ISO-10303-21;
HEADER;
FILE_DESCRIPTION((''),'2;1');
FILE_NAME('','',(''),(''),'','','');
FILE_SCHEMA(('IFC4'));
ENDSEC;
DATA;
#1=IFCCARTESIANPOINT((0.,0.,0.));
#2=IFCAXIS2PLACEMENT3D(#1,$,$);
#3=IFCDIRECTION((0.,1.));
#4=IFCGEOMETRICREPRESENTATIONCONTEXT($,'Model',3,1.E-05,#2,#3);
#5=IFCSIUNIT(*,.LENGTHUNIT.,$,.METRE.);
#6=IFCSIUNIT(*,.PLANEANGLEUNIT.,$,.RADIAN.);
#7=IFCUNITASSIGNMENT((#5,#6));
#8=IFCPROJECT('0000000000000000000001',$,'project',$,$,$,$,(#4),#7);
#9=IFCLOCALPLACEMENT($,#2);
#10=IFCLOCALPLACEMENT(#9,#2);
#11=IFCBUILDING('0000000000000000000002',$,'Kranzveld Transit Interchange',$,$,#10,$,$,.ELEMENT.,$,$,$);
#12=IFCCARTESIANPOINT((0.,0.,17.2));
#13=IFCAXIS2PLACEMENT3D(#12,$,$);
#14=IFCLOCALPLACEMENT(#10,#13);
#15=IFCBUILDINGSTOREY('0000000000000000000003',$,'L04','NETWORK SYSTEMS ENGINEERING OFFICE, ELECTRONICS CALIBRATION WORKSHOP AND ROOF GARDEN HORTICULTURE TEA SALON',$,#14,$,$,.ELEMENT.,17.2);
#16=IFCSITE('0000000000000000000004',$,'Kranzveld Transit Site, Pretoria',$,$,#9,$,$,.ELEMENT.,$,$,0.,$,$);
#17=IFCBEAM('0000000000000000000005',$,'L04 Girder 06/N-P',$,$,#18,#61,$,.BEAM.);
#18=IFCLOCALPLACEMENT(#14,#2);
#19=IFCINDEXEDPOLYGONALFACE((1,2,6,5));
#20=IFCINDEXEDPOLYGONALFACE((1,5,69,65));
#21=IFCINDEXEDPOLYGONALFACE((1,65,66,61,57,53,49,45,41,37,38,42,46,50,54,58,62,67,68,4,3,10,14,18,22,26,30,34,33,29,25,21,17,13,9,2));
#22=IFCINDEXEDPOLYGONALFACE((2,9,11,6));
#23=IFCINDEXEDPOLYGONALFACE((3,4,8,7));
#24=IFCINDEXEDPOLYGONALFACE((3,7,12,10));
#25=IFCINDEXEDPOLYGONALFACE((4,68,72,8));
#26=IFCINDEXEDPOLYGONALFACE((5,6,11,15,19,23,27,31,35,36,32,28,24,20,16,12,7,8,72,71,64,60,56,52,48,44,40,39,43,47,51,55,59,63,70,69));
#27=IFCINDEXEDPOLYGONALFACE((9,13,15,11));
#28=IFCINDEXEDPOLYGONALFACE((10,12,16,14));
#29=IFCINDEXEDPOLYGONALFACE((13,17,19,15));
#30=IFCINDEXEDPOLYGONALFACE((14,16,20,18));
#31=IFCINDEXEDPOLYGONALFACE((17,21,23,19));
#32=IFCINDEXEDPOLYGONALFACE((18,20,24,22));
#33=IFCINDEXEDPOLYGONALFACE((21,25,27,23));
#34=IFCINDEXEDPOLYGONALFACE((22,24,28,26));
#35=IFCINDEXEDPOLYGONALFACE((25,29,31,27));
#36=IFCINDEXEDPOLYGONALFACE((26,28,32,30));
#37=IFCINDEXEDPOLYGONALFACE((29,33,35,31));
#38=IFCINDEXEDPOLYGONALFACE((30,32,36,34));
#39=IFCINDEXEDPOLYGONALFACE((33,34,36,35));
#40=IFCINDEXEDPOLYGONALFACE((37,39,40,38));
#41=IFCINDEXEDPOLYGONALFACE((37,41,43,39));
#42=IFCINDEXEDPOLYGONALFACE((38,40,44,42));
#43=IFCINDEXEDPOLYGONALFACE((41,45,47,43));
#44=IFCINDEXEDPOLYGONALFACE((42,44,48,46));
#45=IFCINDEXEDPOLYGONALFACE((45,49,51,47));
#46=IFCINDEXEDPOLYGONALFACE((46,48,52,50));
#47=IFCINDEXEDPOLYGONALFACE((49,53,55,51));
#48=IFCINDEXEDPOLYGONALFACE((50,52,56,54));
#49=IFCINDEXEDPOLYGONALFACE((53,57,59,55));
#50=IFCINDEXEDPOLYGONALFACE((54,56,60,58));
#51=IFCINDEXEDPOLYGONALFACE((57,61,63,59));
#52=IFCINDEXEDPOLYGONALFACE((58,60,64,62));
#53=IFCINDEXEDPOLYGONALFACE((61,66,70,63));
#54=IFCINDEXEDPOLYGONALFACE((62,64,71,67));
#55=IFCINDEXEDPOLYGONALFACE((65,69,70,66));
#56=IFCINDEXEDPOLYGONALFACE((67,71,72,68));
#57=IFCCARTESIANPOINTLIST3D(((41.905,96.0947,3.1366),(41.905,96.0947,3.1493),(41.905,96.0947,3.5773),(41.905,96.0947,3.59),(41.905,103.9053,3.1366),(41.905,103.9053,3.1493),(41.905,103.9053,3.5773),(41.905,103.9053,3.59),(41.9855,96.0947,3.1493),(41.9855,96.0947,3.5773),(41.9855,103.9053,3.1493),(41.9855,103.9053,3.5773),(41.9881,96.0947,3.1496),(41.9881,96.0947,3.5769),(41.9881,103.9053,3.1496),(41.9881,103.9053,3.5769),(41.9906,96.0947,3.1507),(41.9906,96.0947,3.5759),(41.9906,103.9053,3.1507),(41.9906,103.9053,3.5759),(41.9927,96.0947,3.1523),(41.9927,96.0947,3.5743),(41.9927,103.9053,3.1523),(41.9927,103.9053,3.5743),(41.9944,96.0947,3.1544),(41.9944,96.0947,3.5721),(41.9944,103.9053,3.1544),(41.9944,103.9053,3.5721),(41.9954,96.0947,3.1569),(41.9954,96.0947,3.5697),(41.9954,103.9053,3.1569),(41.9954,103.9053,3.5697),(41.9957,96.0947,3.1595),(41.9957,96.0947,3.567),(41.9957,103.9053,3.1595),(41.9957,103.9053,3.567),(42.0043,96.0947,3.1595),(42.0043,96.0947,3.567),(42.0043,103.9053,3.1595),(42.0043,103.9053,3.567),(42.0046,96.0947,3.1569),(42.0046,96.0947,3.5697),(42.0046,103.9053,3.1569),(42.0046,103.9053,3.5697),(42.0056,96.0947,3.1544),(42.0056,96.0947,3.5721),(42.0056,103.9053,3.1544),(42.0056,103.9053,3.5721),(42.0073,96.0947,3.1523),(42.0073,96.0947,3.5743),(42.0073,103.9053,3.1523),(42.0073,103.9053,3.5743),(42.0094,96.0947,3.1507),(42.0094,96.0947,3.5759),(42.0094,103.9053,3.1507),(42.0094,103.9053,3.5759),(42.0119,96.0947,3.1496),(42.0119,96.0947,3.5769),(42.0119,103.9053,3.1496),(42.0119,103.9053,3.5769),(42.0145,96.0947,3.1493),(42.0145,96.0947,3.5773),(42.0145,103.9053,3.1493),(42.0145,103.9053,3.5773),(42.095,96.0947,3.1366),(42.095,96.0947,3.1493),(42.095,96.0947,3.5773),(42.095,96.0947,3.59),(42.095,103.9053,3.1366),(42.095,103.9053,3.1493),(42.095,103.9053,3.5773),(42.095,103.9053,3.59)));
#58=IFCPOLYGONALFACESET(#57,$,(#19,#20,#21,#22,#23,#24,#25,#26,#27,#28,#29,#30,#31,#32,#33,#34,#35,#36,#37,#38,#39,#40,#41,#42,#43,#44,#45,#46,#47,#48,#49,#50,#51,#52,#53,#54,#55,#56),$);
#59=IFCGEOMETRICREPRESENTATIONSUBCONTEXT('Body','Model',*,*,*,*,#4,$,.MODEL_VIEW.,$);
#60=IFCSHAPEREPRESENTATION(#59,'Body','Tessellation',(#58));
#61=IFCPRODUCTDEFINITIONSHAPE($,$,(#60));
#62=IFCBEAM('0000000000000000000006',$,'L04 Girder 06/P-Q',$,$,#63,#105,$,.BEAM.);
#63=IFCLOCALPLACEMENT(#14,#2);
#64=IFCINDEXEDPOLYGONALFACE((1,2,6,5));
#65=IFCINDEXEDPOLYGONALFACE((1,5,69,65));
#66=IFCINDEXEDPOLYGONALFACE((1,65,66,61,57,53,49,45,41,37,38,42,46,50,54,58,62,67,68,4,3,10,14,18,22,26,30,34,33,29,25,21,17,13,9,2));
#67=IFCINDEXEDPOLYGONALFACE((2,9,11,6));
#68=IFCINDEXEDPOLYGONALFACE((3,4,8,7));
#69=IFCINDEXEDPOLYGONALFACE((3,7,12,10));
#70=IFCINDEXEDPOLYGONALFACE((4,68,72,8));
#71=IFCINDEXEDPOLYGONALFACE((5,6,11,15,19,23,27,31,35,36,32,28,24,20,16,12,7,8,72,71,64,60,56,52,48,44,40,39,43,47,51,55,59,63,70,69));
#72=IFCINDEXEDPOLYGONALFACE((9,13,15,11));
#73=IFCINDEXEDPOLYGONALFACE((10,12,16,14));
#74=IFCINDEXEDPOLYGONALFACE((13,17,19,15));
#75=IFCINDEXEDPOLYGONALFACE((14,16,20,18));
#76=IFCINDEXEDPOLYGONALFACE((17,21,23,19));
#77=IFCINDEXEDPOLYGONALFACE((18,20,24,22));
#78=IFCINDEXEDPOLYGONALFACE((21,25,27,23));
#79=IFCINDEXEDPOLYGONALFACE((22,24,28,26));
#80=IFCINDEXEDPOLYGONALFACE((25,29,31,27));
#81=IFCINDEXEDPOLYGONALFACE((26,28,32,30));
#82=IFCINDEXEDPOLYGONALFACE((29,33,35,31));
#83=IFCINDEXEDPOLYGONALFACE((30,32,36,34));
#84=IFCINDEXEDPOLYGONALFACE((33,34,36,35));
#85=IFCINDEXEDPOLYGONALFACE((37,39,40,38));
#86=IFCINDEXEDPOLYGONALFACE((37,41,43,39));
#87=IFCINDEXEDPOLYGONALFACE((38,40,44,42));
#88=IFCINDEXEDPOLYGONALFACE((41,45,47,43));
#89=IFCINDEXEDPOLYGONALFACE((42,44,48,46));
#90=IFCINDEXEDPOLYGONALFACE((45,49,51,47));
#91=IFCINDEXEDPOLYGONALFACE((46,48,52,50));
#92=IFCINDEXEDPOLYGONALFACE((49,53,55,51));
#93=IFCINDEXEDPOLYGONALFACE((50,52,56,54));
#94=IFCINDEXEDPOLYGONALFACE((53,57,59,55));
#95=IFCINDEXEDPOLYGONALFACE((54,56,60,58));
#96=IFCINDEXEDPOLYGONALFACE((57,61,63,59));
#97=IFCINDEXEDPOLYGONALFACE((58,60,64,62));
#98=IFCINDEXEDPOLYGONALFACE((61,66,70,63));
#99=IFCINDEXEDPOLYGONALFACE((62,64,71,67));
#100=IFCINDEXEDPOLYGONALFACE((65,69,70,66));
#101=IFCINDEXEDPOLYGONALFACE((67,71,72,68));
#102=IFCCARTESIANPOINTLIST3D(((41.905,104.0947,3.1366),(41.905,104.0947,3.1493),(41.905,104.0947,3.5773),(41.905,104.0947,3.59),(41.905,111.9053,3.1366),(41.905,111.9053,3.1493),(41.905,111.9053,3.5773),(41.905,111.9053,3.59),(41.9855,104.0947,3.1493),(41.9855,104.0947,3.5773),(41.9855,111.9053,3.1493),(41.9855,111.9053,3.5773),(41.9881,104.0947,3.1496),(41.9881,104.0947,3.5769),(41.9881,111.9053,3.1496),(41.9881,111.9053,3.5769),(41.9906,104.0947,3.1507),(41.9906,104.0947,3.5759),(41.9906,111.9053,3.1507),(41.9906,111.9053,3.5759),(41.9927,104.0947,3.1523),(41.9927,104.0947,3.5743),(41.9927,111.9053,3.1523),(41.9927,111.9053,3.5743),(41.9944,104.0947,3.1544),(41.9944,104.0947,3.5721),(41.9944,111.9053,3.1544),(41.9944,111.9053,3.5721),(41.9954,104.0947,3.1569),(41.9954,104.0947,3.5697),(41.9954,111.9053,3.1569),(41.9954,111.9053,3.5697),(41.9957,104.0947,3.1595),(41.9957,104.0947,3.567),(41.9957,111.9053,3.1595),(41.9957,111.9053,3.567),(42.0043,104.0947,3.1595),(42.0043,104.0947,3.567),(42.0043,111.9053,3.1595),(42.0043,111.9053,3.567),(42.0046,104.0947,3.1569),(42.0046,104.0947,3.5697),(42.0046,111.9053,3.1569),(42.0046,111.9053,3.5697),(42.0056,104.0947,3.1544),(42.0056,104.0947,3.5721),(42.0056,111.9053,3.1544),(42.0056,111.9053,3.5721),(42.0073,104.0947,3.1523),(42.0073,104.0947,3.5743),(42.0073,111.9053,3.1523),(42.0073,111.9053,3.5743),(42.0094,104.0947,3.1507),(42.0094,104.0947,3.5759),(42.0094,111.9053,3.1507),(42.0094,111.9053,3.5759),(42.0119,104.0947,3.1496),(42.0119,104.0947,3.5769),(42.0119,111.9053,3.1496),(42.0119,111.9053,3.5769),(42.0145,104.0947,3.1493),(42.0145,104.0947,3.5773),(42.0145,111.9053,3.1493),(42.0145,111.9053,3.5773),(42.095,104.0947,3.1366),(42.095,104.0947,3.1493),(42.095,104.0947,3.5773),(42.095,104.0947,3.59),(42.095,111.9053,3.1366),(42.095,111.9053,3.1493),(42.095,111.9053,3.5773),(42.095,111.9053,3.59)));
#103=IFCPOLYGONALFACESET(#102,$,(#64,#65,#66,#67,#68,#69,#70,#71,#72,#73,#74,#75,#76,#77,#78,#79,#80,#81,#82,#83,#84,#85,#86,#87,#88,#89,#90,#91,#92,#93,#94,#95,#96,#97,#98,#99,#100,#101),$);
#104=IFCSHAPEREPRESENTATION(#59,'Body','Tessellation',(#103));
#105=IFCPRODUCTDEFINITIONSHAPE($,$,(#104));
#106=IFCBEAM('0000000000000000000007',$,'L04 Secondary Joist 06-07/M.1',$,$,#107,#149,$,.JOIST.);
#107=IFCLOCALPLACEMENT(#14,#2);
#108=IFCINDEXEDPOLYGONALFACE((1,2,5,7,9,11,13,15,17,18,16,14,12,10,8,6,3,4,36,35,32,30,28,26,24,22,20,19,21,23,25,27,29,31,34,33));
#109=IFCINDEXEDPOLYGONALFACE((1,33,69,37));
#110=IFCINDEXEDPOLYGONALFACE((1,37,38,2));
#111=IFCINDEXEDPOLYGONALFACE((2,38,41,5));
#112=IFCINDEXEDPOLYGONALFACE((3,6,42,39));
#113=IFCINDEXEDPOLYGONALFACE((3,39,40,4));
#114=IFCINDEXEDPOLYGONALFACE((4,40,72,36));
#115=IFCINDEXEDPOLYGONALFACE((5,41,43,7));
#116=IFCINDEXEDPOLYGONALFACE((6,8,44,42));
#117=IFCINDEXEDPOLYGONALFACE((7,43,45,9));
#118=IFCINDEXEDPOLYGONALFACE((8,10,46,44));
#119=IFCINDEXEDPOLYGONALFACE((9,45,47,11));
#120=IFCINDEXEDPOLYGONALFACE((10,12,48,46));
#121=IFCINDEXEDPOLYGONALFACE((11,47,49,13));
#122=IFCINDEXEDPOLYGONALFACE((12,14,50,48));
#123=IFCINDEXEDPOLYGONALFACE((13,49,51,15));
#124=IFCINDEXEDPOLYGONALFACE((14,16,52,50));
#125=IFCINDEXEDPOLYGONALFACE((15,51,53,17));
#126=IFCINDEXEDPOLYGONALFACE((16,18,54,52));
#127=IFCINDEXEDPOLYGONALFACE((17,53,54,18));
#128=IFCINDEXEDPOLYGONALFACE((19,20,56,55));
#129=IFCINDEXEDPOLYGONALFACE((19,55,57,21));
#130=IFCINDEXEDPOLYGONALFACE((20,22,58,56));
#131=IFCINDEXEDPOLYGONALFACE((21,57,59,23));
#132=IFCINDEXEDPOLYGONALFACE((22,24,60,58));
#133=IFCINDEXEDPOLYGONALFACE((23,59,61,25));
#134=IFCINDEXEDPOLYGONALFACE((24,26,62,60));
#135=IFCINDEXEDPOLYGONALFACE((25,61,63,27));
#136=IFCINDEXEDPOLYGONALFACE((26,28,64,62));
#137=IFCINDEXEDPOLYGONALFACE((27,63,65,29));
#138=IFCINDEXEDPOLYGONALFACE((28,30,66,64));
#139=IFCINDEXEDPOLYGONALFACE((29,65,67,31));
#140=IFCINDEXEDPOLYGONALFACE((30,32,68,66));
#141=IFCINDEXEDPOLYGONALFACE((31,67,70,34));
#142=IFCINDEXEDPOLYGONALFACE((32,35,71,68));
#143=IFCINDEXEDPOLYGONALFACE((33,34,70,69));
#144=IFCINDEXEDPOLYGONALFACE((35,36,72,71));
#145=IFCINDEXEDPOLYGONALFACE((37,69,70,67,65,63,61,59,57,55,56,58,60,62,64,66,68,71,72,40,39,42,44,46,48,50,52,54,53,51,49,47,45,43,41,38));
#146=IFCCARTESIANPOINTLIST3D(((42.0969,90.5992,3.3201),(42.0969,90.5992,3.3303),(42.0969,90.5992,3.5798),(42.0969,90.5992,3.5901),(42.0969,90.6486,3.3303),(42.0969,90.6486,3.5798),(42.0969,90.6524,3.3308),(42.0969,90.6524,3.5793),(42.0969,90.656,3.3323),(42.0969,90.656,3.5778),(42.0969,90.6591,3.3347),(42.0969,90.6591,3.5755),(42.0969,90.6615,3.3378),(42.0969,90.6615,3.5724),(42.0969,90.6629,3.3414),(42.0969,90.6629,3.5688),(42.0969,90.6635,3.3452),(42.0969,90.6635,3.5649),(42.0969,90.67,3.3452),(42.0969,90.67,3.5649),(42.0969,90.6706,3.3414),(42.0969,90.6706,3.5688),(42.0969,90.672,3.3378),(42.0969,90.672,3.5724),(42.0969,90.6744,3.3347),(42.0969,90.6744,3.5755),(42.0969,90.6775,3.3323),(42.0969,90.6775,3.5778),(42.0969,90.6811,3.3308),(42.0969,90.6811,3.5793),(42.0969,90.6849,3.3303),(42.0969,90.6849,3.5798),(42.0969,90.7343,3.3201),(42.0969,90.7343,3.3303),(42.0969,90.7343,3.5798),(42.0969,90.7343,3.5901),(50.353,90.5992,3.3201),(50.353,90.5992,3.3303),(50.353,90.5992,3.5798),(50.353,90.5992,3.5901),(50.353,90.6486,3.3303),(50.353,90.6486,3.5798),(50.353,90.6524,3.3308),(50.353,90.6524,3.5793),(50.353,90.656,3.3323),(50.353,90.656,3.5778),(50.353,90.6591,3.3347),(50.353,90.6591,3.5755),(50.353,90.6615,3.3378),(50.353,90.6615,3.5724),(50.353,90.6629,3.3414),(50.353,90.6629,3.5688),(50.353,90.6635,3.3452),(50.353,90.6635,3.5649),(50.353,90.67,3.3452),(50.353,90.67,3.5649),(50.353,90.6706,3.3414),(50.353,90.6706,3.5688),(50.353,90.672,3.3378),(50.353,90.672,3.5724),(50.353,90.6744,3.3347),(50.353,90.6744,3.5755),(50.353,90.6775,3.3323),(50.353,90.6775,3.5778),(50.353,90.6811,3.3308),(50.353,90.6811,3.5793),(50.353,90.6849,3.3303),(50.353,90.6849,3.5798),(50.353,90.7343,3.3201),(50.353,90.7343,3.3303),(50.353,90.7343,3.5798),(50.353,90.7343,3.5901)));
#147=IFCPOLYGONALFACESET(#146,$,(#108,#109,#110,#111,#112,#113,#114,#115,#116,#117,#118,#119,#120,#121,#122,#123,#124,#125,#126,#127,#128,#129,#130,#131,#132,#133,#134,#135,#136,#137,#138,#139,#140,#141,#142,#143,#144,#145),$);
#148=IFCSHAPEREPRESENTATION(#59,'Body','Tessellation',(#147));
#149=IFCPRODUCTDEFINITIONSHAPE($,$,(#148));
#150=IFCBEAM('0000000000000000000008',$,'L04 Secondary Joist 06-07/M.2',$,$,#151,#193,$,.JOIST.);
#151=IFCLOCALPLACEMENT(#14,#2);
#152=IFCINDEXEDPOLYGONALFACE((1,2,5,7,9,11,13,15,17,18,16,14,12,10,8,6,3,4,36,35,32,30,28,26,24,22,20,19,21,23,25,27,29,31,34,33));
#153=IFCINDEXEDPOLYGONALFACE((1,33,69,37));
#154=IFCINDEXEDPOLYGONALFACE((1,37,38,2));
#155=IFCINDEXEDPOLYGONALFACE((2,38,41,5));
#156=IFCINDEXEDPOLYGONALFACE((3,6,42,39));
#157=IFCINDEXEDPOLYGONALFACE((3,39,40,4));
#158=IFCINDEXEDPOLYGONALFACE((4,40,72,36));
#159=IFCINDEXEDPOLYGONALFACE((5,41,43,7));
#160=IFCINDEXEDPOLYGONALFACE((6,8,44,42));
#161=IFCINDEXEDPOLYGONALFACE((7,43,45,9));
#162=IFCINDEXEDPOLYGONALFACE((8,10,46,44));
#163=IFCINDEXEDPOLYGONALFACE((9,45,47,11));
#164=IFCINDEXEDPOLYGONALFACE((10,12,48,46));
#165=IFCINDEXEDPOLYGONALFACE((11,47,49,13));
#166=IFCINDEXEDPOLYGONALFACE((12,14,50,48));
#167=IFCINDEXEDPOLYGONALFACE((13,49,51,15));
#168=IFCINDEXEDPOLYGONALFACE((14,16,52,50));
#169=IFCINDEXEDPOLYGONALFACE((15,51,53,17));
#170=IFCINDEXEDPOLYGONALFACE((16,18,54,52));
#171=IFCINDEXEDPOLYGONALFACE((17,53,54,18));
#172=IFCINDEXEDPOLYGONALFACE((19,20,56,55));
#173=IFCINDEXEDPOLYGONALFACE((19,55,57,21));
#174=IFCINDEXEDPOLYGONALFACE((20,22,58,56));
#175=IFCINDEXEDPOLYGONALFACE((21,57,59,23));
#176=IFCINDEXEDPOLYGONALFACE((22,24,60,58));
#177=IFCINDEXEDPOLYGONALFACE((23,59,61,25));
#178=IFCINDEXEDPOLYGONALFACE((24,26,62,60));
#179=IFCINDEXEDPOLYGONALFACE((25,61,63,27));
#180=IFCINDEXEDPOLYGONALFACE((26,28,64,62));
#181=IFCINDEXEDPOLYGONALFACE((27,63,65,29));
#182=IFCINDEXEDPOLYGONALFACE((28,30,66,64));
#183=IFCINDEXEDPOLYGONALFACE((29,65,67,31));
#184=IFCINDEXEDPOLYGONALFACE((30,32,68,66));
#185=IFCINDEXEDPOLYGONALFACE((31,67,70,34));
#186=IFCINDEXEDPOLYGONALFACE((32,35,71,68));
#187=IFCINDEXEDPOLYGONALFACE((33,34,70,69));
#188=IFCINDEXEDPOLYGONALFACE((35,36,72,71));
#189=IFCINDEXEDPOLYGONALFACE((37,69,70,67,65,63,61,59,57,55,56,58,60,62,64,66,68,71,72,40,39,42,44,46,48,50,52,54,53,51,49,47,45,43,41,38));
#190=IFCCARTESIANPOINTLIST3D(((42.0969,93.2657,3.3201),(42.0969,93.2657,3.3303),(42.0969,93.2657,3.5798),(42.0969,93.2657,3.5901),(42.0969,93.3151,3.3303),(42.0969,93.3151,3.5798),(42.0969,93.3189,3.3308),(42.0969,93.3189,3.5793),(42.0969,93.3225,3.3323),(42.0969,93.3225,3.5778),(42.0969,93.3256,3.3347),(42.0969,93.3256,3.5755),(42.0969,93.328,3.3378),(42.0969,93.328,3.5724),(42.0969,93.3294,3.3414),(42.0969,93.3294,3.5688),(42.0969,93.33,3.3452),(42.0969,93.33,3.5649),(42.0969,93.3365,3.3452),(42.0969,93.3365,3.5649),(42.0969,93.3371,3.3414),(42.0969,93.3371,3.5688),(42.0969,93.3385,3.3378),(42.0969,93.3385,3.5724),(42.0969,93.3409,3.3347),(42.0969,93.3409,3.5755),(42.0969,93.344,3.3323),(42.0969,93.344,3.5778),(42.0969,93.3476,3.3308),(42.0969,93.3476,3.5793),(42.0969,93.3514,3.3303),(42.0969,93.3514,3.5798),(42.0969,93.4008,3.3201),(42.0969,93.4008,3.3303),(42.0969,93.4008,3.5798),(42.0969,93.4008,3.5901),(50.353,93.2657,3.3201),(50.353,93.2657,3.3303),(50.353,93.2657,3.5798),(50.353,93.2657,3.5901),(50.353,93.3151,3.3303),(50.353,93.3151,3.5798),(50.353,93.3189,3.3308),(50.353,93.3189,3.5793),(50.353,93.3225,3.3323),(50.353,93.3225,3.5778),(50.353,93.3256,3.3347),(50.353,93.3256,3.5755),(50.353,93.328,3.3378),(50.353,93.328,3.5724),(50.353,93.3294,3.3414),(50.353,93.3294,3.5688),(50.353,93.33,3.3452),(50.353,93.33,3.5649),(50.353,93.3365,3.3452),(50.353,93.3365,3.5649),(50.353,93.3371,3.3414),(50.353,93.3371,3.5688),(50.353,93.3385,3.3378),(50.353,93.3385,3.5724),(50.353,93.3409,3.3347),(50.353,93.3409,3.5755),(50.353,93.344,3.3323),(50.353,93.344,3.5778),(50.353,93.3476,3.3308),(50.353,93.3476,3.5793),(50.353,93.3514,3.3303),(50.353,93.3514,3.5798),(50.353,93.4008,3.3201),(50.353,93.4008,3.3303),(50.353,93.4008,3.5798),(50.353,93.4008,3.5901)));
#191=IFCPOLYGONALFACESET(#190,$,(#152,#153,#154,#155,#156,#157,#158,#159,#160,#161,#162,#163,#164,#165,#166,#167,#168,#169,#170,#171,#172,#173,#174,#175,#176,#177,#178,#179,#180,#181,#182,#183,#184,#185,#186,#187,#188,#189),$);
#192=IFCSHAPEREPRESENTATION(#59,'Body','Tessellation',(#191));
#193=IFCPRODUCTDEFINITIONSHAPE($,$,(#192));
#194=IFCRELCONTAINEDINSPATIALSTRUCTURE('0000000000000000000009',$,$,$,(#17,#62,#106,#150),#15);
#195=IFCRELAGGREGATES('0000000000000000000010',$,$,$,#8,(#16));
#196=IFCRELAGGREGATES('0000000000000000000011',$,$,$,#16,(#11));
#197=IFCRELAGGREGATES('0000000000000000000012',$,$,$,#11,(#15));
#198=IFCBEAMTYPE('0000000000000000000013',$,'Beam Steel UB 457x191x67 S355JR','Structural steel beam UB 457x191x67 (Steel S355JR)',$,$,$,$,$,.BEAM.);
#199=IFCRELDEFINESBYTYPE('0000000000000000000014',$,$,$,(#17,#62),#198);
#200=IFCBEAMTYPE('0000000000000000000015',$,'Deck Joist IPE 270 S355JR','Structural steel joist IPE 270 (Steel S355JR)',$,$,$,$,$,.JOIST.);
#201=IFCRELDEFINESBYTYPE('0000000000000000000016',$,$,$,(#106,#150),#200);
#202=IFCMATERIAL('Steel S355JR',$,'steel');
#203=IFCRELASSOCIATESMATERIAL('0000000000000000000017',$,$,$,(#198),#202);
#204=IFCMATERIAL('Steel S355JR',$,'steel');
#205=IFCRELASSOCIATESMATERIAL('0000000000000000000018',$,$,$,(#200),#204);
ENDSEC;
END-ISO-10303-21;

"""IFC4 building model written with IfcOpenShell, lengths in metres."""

from ifc_helpers import new_model, si_unit, direction, frame, origin, origin_2d, place, context, subcontext, project, spatial, i_section, extrude, material, material_profile, profile_set, type_object, element, save


model = new_model("IFC4")

# Units and contexts
model_context = context("Model", 3, precision=1e-05, world=origin(), true_north=direction((0.0, 1.0)))
body_context = subcontext(model_context, "Body", "Model", "MODEL_VIEW")
ifc_project = project(units=[si_unit("LENGTHUNIT", "METRE"), si_unit("PLANEANGLEUNIT", "RADIAN")], contexts=[model_context])

# Site, building, storey
site_placement = place(None, origin())
site = spatial("IfcSite", under=ifc_project, at=site_placement, Name="Kranzveld Transit Site, Pretoria", CompositionType="ELEMENT", RefElevation=0.0)
building_placement = place(site_placement, origin())
building = spatial("IfcBuilding", under=site, at=building_placement, Name="Kranzveld Transit Interchange", CompositionType="ELEMENT")
storey_placement = place(building_placement, frame((0.0, 0.0, 17.2)))
storey = spatial("IfcBuildingStorey", under=building, at=storey_placement, Name="L04", Description="NETWORK SYSTEMS ENGINEERING OFFICE, ELECTRONICS CALIBRATION WORKSHOP AND ROOF GARDEN HORTICULTURE TEA SALON", CompositionType="ELEMENT", Elevation=17.2)

# Beams
ifc_material_1 = material(Name="Steel S355JR", Category="steel")
ifc_material_profile_1 = material_profile(ifc_material_1, i_section(OverallWidth=0.1899, OverallDepth=0.4534, WebThickness=0.0085, FlangeThickness=0.0127, FilletRadius=0.0103, at=origin_2d()), Name="UB 457x191x67")
ifc_profile_set_1 = profile_set([ifc_material_profile_1], Name="Steel S355JR")
beam_type_1 = type_object("IfcBeamType", Name="Beam Steel UB 457x191x67 S355JR", Description="Structural steel beam UB 457x191x67 (Steel S355JR)", PredefinedType="BEAM", material=ifc_profile_set_1)
for number, where, z_axis, x_axis, name in (
    (1, (42.0, 96.0947, 3.3633), (0.0, 1.0, 0.0), (-1.0, 0.0, 0.0), "L04 Girder 06/N-P"),
    (2, (42.0, 104.0947, 3.3633), (0.0, 1.0, 0.0), (-1.0, 0.0, 0.0), "L04 Girder 06/P-Q"),
):
    element("IfcBeam", number, at=place(storey_placement, frame(where, z_axis=z_axis, x_axis=x_axis)), inside=storey, type_object=beam_type_1, Name=name, PredefinedType="BEAM", context=body_context, shape_type="SweptSolid", body=[
        extrude(i_section(OverallWidth=0.1899, OverallDepth=0.4534, WebThickness=0.0085, FlangeThickness=0.0127, FilletRadius=0.0103, at=origin_2d()), origin(), (0.0, 0.0, 1.0), 7.8105),
    ])
ifc_material_2 = material(Name="Steel S355JR", Category="steel")
ifc_material_profile_2 = material_profile(ifc_material_2, i_section(OverallWidth=0.135, OverallDepth=0.27, WebThickness=0.0066, FlangeThickness=0.0103, FilletRadius=0.0149, at=origin_2d()), Name="IPE 270")
ifc_profile_set_2 = profile_set([ifc_material_profile_2], Name="Steel S355JR")
beam_type_2 = type_object("IfcBeamType", Name="Deck Joist IPE 270 S355JR", Description="Structural steel joist IPE 270 (Steel S355JR)", PredefinedType="JOIST", material=ifc_profile_set_2)
for number, where, z_axis, x_axis, name in (
    (3, (42.0969, 90.6667, 3.4551), (1.0, 0.0, 0.0), (0.0, 1.0, 0.0), "L04 Secondary Joist 06-07/M.1"),
    (4, (42.0969, 93.3333, 3.4551), (1.0, 0.0, 0.0), (0.0, 1.0, 0.0), "L04 Secondary Joist 06-07/M.2"),
):
    element("IfcBeam", number, at=place(storey_placement, frame(where, z_axis=z_axis, x_axis=x_axis)), inside=storey, type_object=beam_type_2, Name=name, PredefinedType="JOIST", context=body_context, shape_type="SweptSolid", body=[
        extrude(i_section(OverallWidth=0.135, OverallDepth=0.27, WebThickness=0.0066, FlangeThickness=0.0103, FilletRadius=0.0149, at=origin_2d()), origin(), (0.0, 0.0, 1.0), 8.2561),
    ])

save(model, "model.ifc")
